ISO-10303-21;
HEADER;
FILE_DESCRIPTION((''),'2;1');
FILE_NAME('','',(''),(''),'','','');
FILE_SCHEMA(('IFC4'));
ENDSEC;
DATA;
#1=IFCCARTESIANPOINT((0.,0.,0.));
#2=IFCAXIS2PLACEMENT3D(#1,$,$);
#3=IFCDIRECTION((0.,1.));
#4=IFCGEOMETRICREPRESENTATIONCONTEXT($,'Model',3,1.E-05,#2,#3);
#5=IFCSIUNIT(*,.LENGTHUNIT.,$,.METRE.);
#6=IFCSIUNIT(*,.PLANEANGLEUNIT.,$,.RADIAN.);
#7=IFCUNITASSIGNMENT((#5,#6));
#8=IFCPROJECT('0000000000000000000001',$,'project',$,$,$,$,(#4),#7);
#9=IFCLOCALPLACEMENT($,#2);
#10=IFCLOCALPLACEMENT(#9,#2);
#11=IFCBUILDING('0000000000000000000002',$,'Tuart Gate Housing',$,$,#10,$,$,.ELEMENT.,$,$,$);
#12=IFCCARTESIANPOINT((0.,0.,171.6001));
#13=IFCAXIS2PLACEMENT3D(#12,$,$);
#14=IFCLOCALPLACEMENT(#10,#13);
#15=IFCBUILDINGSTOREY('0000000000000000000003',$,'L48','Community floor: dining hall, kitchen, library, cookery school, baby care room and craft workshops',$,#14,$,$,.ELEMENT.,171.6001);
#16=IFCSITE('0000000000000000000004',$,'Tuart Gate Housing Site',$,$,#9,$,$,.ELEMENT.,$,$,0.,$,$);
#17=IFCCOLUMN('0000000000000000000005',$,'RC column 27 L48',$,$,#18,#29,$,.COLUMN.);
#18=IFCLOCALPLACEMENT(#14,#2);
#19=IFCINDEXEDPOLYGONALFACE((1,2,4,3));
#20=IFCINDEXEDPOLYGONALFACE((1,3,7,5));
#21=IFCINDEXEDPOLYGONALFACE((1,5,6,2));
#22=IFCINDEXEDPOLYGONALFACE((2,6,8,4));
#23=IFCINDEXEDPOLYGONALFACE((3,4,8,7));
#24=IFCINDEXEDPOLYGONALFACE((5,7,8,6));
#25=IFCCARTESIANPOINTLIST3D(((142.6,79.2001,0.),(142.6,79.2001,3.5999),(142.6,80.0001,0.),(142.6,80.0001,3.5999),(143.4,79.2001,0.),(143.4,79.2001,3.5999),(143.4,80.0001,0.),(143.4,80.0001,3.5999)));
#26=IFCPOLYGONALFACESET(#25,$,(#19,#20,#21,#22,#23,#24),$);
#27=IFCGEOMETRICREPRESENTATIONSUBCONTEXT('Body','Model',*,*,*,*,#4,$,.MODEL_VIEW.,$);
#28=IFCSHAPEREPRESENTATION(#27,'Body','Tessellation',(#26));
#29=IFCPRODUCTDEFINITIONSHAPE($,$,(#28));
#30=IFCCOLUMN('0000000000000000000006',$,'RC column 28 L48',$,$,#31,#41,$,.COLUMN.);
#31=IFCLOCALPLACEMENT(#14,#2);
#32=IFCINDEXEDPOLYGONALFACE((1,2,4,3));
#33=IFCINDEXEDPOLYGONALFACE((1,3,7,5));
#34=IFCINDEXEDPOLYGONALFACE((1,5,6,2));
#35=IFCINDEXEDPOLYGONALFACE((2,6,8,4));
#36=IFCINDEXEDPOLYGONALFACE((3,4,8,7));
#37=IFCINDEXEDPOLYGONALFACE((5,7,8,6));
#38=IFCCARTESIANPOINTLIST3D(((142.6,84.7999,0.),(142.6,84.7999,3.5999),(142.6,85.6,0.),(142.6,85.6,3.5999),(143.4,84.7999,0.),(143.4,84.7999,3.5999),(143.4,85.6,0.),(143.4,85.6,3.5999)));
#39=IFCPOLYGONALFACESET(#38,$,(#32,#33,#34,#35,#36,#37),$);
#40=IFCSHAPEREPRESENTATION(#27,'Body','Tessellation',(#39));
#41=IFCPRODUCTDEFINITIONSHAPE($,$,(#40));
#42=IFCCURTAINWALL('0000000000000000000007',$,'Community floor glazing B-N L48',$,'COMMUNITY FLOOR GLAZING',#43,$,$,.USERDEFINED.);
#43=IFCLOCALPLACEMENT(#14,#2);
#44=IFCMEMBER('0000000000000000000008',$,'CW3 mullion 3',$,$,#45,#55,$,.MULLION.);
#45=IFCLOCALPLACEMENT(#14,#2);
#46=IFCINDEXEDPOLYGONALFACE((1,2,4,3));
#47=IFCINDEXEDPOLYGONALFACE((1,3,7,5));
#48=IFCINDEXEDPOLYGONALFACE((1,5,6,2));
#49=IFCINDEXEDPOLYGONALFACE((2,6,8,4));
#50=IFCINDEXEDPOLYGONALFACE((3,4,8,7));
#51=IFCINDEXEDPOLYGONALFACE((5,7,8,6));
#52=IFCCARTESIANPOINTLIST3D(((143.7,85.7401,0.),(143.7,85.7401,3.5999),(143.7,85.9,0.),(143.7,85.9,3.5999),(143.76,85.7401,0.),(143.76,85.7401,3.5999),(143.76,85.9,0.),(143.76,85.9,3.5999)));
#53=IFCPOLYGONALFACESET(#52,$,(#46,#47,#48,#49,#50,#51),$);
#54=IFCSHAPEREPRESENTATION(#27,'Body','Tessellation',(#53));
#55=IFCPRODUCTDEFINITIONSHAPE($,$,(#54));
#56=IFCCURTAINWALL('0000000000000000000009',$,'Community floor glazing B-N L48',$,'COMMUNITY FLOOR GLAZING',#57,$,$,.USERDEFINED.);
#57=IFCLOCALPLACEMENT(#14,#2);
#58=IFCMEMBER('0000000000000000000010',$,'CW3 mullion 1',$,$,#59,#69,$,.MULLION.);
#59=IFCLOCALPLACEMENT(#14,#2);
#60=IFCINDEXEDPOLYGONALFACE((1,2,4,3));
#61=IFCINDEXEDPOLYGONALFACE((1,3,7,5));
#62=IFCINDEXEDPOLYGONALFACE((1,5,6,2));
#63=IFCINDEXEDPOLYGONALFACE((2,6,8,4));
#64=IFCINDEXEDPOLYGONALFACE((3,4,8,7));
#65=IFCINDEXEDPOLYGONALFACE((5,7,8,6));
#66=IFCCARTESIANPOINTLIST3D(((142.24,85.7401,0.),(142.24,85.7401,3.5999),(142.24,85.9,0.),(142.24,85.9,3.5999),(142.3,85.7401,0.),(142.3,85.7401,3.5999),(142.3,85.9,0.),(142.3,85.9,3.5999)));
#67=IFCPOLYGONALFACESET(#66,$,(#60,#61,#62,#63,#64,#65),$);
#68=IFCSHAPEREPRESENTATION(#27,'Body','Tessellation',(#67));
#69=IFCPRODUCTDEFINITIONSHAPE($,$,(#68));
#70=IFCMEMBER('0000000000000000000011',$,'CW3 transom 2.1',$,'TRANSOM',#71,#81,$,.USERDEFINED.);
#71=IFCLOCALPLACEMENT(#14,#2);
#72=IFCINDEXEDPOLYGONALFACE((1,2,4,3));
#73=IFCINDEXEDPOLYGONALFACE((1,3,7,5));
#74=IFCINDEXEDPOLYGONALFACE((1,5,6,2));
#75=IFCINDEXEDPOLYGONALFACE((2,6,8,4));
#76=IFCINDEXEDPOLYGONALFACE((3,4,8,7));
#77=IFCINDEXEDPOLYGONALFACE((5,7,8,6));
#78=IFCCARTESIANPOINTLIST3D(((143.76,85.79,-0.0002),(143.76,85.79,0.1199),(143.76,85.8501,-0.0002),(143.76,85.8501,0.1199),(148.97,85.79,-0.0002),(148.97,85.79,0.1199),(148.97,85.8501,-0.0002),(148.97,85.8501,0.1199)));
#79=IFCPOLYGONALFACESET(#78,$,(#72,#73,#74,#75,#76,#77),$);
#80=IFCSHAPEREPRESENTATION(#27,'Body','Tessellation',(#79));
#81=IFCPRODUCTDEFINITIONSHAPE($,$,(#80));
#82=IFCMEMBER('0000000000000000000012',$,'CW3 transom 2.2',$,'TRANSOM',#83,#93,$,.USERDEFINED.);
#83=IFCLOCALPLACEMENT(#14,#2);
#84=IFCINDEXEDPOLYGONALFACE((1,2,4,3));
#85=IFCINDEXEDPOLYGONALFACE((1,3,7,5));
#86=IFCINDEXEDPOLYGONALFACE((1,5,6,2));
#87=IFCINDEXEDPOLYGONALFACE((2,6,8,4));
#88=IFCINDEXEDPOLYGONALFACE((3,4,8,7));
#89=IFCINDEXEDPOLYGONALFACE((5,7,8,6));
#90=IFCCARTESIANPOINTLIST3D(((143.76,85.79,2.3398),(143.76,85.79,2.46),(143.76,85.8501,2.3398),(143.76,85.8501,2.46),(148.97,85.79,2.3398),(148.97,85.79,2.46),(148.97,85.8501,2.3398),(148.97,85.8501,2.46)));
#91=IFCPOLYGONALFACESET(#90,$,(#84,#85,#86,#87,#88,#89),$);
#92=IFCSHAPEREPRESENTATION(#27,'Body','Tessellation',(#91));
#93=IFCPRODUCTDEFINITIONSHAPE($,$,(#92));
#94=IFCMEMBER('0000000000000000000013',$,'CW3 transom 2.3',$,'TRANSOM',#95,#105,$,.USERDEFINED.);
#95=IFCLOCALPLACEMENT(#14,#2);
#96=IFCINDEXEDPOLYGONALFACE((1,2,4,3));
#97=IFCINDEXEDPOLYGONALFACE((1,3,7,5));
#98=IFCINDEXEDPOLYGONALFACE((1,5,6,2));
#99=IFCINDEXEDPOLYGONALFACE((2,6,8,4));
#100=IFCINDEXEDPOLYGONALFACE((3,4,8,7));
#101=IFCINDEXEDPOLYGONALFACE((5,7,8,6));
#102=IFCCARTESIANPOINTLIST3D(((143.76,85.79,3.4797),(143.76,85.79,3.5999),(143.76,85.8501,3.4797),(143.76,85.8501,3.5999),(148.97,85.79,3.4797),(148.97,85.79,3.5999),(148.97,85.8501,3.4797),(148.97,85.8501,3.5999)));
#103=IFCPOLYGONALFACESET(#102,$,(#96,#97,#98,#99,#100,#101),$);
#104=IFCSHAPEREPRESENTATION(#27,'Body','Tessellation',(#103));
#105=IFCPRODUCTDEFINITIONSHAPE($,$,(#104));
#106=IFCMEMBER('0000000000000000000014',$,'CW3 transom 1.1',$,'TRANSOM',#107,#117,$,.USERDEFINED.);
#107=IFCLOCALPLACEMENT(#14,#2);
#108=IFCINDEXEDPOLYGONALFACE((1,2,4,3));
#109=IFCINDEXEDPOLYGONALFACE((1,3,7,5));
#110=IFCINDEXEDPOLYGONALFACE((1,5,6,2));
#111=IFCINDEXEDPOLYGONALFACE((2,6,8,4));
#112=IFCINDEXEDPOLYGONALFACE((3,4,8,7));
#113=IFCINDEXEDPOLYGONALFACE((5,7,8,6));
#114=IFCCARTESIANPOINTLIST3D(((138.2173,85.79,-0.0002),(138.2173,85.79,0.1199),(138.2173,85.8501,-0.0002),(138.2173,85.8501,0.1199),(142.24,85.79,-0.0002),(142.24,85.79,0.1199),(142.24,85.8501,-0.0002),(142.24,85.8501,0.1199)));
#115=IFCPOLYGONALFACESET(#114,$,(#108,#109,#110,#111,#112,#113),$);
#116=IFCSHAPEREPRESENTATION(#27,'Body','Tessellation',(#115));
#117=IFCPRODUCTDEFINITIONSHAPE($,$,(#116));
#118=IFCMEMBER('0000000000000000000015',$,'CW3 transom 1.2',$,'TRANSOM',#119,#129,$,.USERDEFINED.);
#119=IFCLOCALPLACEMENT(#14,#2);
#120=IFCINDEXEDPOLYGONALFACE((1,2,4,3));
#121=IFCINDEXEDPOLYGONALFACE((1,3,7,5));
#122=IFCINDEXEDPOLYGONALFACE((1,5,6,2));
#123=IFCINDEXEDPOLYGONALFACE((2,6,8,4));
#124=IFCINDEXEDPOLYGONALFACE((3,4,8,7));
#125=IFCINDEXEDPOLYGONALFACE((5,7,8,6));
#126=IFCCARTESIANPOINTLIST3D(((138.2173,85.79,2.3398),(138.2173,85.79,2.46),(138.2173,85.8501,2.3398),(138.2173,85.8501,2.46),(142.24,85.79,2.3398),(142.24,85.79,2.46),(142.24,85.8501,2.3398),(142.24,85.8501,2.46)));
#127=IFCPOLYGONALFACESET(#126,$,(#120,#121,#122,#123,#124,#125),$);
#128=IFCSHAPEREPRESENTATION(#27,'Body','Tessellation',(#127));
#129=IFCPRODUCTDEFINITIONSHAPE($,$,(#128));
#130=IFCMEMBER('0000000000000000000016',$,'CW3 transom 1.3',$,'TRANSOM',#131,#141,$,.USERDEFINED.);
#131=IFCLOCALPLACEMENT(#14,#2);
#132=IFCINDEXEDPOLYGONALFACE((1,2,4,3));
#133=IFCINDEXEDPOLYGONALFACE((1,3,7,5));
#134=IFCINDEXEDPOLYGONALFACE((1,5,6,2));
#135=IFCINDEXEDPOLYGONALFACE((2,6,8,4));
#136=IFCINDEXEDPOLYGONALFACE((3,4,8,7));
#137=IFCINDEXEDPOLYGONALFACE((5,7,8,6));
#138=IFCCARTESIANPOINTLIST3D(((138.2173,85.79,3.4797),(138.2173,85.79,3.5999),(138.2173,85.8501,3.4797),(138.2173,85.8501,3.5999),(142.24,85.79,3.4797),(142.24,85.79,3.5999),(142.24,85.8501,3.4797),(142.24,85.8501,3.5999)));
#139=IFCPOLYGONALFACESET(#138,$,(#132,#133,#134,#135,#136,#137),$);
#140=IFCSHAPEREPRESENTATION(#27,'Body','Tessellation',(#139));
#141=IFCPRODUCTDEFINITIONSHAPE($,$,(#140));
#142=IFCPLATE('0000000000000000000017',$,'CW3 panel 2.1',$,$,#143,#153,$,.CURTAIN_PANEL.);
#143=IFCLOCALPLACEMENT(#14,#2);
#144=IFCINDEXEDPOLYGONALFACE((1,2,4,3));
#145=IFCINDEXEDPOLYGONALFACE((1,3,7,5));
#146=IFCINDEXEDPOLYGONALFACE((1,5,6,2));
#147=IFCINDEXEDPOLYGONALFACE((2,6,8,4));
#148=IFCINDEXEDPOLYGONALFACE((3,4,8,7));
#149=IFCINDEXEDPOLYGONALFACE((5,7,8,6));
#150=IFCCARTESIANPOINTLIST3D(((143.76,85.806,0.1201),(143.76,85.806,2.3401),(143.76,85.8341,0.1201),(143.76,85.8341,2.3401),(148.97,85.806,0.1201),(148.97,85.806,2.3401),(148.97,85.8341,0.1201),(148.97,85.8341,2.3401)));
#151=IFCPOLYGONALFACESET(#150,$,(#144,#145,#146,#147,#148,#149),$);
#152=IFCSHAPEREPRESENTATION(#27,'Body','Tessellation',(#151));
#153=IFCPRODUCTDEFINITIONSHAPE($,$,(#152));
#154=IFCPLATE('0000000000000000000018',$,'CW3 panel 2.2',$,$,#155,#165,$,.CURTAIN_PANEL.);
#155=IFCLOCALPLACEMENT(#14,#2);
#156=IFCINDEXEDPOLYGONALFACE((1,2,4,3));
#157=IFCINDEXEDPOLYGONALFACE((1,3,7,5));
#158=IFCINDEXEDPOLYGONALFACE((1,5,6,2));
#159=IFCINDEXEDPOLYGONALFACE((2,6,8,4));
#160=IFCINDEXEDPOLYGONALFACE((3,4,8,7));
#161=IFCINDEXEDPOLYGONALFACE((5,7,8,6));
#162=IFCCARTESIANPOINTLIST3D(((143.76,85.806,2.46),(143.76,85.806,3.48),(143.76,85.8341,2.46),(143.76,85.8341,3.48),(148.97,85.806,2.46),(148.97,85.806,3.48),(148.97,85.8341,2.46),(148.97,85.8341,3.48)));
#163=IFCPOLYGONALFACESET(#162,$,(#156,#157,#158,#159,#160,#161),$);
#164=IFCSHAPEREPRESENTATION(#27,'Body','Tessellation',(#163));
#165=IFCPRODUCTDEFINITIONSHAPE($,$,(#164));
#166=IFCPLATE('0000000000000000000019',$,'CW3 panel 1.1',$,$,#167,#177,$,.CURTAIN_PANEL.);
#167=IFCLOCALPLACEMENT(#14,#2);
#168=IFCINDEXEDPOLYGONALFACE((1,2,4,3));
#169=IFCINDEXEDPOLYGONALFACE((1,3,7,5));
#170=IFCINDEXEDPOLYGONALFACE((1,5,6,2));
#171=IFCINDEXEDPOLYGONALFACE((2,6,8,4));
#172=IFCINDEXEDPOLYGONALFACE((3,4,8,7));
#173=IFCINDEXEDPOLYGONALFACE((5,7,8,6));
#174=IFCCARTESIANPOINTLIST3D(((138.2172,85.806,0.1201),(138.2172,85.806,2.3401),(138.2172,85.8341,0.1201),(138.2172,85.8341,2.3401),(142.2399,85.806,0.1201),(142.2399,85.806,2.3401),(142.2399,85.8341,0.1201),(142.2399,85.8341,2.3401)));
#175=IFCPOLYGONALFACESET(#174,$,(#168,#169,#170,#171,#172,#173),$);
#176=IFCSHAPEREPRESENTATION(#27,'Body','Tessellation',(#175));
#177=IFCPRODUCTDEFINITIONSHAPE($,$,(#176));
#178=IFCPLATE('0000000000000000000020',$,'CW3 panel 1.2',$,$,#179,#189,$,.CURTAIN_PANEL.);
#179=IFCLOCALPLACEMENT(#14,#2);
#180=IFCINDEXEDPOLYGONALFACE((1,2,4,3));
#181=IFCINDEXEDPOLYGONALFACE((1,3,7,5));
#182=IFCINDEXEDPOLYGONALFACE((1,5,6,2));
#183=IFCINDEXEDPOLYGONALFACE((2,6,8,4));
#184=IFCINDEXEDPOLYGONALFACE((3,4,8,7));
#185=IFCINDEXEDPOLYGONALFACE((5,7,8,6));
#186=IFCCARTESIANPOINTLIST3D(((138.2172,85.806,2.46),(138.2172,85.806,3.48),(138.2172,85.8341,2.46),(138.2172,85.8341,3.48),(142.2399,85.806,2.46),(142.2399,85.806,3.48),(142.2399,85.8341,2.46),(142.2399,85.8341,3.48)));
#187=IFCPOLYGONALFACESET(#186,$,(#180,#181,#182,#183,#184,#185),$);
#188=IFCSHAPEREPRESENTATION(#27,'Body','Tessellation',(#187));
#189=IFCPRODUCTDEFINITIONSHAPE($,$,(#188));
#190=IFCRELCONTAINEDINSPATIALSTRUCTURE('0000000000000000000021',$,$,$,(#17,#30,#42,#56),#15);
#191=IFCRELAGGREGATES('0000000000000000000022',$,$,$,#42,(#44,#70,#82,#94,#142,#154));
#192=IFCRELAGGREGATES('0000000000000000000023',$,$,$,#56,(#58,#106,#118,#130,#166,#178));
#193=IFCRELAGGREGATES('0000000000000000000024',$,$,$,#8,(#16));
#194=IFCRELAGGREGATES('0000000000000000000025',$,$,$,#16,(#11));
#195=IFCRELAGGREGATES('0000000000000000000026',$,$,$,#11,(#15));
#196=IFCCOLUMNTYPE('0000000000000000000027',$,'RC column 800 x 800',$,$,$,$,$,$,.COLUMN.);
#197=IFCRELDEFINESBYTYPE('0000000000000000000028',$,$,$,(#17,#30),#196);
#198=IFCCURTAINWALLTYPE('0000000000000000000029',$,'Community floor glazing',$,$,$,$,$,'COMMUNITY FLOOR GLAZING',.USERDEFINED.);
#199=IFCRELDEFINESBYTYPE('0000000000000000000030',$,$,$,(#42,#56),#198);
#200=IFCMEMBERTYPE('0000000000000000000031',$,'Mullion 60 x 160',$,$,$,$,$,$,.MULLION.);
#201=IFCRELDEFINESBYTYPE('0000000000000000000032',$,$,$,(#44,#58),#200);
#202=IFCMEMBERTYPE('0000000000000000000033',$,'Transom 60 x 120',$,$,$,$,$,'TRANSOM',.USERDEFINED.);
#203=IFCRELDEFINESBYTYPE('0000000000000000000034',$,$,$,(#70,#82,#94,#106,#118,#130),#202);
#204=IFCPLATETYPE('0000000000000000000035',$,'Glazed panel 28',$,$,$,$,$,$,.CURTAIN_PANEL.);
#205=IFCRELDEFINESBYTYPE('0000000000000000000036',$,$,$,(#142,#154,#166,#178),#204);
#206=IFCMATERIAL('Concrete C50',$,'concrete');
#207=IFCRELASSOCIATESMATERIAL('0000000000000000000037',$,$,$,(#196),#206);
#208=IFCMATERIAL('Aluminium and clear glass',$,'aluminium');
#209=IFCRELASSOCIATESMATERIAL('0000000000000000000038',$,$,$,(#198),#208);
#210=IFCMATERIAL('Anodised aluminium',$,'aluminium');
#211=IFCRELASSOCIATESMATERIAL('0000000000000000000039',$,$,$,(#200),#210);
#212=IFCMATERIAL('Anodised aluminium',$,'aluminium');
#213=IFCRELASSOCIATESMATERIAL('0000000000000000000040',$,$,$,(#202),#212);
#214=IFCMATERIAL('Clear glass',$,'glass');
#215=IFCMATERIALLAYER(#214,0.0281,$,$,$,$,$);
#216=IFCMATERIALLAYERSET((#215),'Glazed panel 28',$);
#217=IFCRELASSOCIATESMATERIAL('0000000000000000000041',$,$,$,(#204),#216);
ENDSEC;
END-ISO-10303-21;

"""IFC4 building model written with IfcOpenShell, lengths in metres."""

from ifc_helpers import new_model, si_unit, direction, frame, origin, origin_2d, place, context, subcontext, project, spatial, rectangle, extrude, material, layer, layer_set, material_profile, profile_set, type_object, element, aggregate, save


model = new_model("IFC4")

# Units and contexts
model_context = context("Model", 3, precision=1e-05, world=origin(), true_north=direction((0.0, 1.0)))
body_context = subcontext(model_context, "Body", "Model", "MODEL_VIEW")
ifc_project = project(units=[si_unit("LENGTHUNIT", "METRE"), si_unit("PLANEANGLEUNIT", "RADIAN")], contexts=[model_context])

# Site, building, storey
site_placement = place(None, origin())
site = spatial("IfcSite", under=ifc_project, at=site_placement, Name="Tuart Gate Housing Site", CompositionType="ELEMENT", RefElevation=0.0)
building_placement = place(site_placement, origin())
building = spatial("IfcBuilding", under=site, at=building_placement, Name="Tuart Gate Housing", CompositionType="ELEMENT")
storey_placement = place(building_placement, frame((0.0, 0.0, 171.6001)))
storey = spatial("IfcBuildingStorey", under=building, at=storey_placement, Name="L48", Description="Community floor: dining hall, kitchen, library, cookery school, baby care room and craft workshops", CompositionType="ELEMENT", Elevation=171.6001)

# Columns
ifc_material_1 = material(Name="Concrete C50", Category="concrete")
ifc_material_profile_1 = material_profile(ifc_material_1, rectangle(XDim=0.8, YDim=0.8, at=origin_2d()), Name="RC column 800 x 800")
ifc_profile_set_1 = profile_set([ifc_material_profile_1], Name="Concrete C50")
column_type = type_object("IfcColumnType", Name="RC column 800 x 800", PredefinedType="COLUMN", material=ifc_profile_set_1)
for number, where, z_axis, x_axis, name in (
    (1, (143.0, 79.6001, 0.0), (0.0, 0.0, 1.0), (1.0, 0.0, 0.0), "RC column 27 L48"),
    (2, (143.0, 85.2, 0.0), (0.0, 0.0, 1.0), (1.0, 0.0, 0.0), "RC column 28 L48"),
):
    element("IfcColumn", number, at=place(storey_placement, frame(where, z_axis=z_axis, x_axis=x_axis)), inside=storey, type_object=column_type, Name=name, PredefinedType="COLUMN", context=body_context, shape_type="SweptSolid", body=[
        extrude(rectangle(XDim=0.8, YDim=0.8, at=origin_2d()), origin(), (0.0, 0.0, 1.0), 3.5999),
    ])

# Curtain walls, members
ifc_material_2 = material(Name="Aluminium and clear glass", Category="aluminium")
curtain_wall_type = type_object("IfcCurtainWallType", Name="Community floor glazing", ElementType="COMMUNITY FLOOR GLAZING", PredefinedType="USERDEFINED", material=ifc_material_2)
curtain_wall_1_placement = place(storey_placement, origin())
curtain_wall_1 = element("IfcCurtainWall", 3, at=curtain_wall_1_placement, inside=storey, type_object=curtain_wall_type, Name="Community floor glazing B-N L48", ObjectType="COMMUNITY FLOOR GLAZING", PredefinedType="USERDEFINED")
ifc_material_3 = material(Name="Anodised aluminium", Category="aluminium")
ifc_material_profile_2 = material_profile(ifc_material_3, rectangle(XDim=0.0601, YDim=0.1599, at=origin_2d()), Name="60x160")
ifc_profile_set_2 = profile_set([ifc_material_profile_2], Name="Anodised aluminium")
member_type_1 = type_object("IfcMemberType", Name="Mullion 60 x 160", PredefinedType="MULLION", material=ifc_profile_set_2)
member_1_placement = place(storey_placement, frame((143.73, 85.8201, 0.0), z_axis=(0.0, 0.0, 1.0), x_axis=(-1.0, 0.0, 0.0)))
member_1 = element("IfcMember", 4, at=member_1_placement, type_object=member_type_1, Name="CW3 mullion 3", PredefinedType="MULLION", context=body_context, shape_type="SweptSolid", body=[
    extrude(rectangle(XDim=0.0601, YDim=0.1599, at=origin_2d()), origin(), (0.0, 0.0, 1.0), 3.5999),
])
curtain_wall_2_placement = place(storey_placement, origin())
curtain_wall_2 = element("IfcCurtainWall", 5, at=curtain_wall_2_placement, inside=storey, type_object=curtain_wall_type, Name="Community floor glazing B-N L48", ObjectType="COMMUNITY FLOOR GLAZING", PredefinedType="USERDEFINED")
member_2_placement = place(storey_placement, frame((142.27, 85.8201, 0.0), z_axis=(0.0, 0.0, 1.0), x_axis=(-1.0, 0.0, 0.0)))
member_2 = element("IfcMember", 6, at=member_2_placement, type_object=member_type_1, Name="CW3 mullion 1", PredefinedType="MULLION", context=body_context, shape_type="SweptSolid", body=[
    extrude(rectangle(XDim=0.0601, YDim=0.1599, at=origin_2d()), origin(), (0.0, 0.0, 1.0), 3.5999),
])

# Members
ifc_material_4 = material(Name="Anodised aluminium", Category="aluminium")
ifc_material_profile_3 = material_profile(ifc_material_4, rectangle(XDim=0.0601, YDim=0.1201, at=origin_2d()), Name="60x120")
ifc_profile_set_3 = profile_set([ifc_material_profile_3], Name="Anodised aluminium")
member_type_2 = type_object("IfcMemberType", Name="Transom 60 x 120", ElementType="TRANSOM", PredefinedType="USERDEFINED", material=ifc_profile_set_3)
member_3_placement = place(storey_placement, frame((148.97, 85.8201, 0.0598), z_axis=(-1.0, 0.0, 0.0), x_axis=(0.0, -1.0, 0.0)))
member_3 = element("IfcMember", 7, at=member_3_placement, type_object=member_type_2, Name="CW3 transom 2.1", ObjectType="TRANSOM", PredefinedType="USERDEFINED", context=body_context, shape_type="SweptSolid", body=[
    extrude(rectangle(XDim=0.0601, YDim=0.1201, at=origin_2d()), origin(), (0.0, 0.0, 1.0), 5.21),
])
member_4_placement = place(storey_placement, frame((148.97, 85.8201, 2.3999), z_axis=(-1.0, 0.0, 0.0), x_axis=(0.0, -1.0, 0.0)))
member_4 = element("IfcMember", 8, at=member_4_placement, type_object=member_type_2, Name="CW3 transom 2.2", ObjectType="TRANSOM", PredefinedType="USERDEFINED", context=body_context, shape_type="SweptSolid", body=[
    extrude(rectangle(XDim=0.0601, YDim=0.1201, at=origin_2d()), origin(), (0.0, 0.0, 1.0), 5.21),
])
member_5_placement = place(storey_placement, frame((148.97, 85.8201, 3.5398), z_axis=(-1.0, 0.0, 0.0), x_axis=(0.0, -1.0, 0.0)))
member_5 = element("IfcMember", 9, at=member_5_placement, type_object=member_type_2, Name="CW3 transom 2.3", ObjectType="TRANSOM", PredefinedType="USERDEFINED", context=body_context, shape_type="SweptSolid", body=[
    extrude(rectangle(XDim=0.0601, YDim=0.1201, at=origin_2d()), origin(), (0.0, 0.0, 1.0), 5.21),
])
member_6_placement = place(storey_placement, frame((142.24, 85.8201, 0.0598), z_axis=(-1.0, 0.0, 0.0), x_axis=(0.0, -1.0, 0.0)))
member_6 = element("IfcMember", 10, at=member_6_placement, type_object=member_type_2, Name="CW3 transom 1.1", ObjectType="TRANSOM", PredefinedType="USERDEFINED", context=body_context, shape_type="SweptSolid", body=[
    extrude(rectangle(XDim=0.0601, YDim=0.1201, at=origin_2d()), origin(), (0.0, 0.0, 1.0), 4.0227),
])
member_7_placement = place(storey_placement, frame((142.24, 85.8201, 2.3999), z_axis=(-1.0, 0.0, 0.0), x_axis=(0.0, -1.0, 0.0)))
member_7 = element("IfcMember", 11, at=member_7_placement, type_object=member_type_2, Name="CW3 transom 1.2", ObjectType="TRANSOM", PredefinedType="USERDEFINED", context=body_context, shape_type="SweptSolid", body=[
    extrude(rectangle(XDim=0.0601, YDim=0.1201, at=origin_2d()), origin(), (0.0, 0.0, 1.0), 4.0227),
])
member_8_placement = place(storey_placement, frame((142.24, 85.8201, 3.5398), z_axis=(-1.0, 0.0, 0.0), x_axis=(0.0, -1.0, 0.0)))
member_8 = element("IfcMember", 12, at=member_8_placement, type_object=member_type_2, Name="CW3 transom 1.3", ObjectType="TRANSOM", PredefinedType="USERDEFINED", context=body_context, shape_type="SweptSolid", body=[
    extrude(rectangle(XDim=0.0601, YDim=0.1201, at=origin_2d()), origin(), (0.0, 0.0, 1.0), 4.0227),
])

# Plates
ifc_material_5 = material(Name="Clear glass", Category="glass")
ifc_layer_1 = layer(ifc_material_5, 0.0281)
ifc_layer_set_1 = layer_set([ifc_layer_1], Name="Glazed panel 28")
plate_type = type_object("IfcPlateType", Name="Glazed panel 28", PredefinedType="CURTAIN_PANEL", material=ifc_layer_set_1)
plate_1_placement = place(storey_placement, frame((146.365, 85.8201, 0.1201), z_axis=(0.0, 0.0, 1.0), x_axis=(-1.0, 0.0, 0.0)))
plate_1 = element("IfcPlate", 13, at=plate_1_placement, type_object=plate_type, Name="CW3 panel 2.1", PredefinedType="CURTAIN_PANEL", context=body_context, shape_type="SweptSolid", body=[
    extrude(rectangle(XDim=5.21, YDim=0.0281, at=origin_2d()), origin(), (0.0, 0.0, 1.0), 2.22),
])
plate_2_placement = place(storey_placement, frame((146.365, 85.8201, 2.46), z_axis=(0.0, 0.0, 1.0), x_axis=(-1.0, 0.0, 0.0)))
plate_2 = element("IfcPlate", 14, at=plate_2_placement, type_object=plate_type, Name="CW3 panel 2.2", PredefinedType="CURTAIN_PANEL", context=body_context, shape_type="SweptSolid", body=[
    extrude(rectangle(XDim=5.21, YDim=0.0281, at=origin_2d()), origin(), (0.0, 0.0, 1.0), 1.02),
])
aggregate(curtain_wall_1, [member_1, member_3, member_4, member_5, plate_1, plate_2])
plate_3_placement = place(storey_placement, frame((140.2285, 85.8201, 0.1201), z_axis=(0.0, 0.0, 1.0), x_axis=(-1.0, 0.0, 0.0)))
plate_3 = element("IfcPlate", 15, at=plate_3_placement, type_object=plate_type, Name="CW3 panel 1.1", PredefinedType="CURTAIN_PANEL", context=body_context, shape_type="SweptSolid", body=[
    extrude(rectangle(XDim=4.0227, YDim=0.0281, at=origin_2d()), origin(), (0.0, 0.0, 1.0), 2.22),
])
plate_4_placement = place(storey_placement, frame((140.2285, 85.8201, 2.46), z_axis=(0.0, 0.0, 1.0), x_axis=(-1.0, 0.0, 0.0)))
plate_4 = element("IfcPlate", 16, at=plate_4_placement, type_object=plate_type, Name="CW3 panel 1.2", PredefinedType="CURTAIN_PANEL", context=body_context, shape_type="SweptSolid", body=[
    extrude(rectangle(XDim=4.0227, YDim=0.0281, at=origin_2d()), origin(), (0.0, 0.0, 1.0), 1.02),
])
aggregate(curtain_wall_2, [member_2, member_6, member_7, member_8, plate_3, plate_4])

save(model, "model.ifc")
